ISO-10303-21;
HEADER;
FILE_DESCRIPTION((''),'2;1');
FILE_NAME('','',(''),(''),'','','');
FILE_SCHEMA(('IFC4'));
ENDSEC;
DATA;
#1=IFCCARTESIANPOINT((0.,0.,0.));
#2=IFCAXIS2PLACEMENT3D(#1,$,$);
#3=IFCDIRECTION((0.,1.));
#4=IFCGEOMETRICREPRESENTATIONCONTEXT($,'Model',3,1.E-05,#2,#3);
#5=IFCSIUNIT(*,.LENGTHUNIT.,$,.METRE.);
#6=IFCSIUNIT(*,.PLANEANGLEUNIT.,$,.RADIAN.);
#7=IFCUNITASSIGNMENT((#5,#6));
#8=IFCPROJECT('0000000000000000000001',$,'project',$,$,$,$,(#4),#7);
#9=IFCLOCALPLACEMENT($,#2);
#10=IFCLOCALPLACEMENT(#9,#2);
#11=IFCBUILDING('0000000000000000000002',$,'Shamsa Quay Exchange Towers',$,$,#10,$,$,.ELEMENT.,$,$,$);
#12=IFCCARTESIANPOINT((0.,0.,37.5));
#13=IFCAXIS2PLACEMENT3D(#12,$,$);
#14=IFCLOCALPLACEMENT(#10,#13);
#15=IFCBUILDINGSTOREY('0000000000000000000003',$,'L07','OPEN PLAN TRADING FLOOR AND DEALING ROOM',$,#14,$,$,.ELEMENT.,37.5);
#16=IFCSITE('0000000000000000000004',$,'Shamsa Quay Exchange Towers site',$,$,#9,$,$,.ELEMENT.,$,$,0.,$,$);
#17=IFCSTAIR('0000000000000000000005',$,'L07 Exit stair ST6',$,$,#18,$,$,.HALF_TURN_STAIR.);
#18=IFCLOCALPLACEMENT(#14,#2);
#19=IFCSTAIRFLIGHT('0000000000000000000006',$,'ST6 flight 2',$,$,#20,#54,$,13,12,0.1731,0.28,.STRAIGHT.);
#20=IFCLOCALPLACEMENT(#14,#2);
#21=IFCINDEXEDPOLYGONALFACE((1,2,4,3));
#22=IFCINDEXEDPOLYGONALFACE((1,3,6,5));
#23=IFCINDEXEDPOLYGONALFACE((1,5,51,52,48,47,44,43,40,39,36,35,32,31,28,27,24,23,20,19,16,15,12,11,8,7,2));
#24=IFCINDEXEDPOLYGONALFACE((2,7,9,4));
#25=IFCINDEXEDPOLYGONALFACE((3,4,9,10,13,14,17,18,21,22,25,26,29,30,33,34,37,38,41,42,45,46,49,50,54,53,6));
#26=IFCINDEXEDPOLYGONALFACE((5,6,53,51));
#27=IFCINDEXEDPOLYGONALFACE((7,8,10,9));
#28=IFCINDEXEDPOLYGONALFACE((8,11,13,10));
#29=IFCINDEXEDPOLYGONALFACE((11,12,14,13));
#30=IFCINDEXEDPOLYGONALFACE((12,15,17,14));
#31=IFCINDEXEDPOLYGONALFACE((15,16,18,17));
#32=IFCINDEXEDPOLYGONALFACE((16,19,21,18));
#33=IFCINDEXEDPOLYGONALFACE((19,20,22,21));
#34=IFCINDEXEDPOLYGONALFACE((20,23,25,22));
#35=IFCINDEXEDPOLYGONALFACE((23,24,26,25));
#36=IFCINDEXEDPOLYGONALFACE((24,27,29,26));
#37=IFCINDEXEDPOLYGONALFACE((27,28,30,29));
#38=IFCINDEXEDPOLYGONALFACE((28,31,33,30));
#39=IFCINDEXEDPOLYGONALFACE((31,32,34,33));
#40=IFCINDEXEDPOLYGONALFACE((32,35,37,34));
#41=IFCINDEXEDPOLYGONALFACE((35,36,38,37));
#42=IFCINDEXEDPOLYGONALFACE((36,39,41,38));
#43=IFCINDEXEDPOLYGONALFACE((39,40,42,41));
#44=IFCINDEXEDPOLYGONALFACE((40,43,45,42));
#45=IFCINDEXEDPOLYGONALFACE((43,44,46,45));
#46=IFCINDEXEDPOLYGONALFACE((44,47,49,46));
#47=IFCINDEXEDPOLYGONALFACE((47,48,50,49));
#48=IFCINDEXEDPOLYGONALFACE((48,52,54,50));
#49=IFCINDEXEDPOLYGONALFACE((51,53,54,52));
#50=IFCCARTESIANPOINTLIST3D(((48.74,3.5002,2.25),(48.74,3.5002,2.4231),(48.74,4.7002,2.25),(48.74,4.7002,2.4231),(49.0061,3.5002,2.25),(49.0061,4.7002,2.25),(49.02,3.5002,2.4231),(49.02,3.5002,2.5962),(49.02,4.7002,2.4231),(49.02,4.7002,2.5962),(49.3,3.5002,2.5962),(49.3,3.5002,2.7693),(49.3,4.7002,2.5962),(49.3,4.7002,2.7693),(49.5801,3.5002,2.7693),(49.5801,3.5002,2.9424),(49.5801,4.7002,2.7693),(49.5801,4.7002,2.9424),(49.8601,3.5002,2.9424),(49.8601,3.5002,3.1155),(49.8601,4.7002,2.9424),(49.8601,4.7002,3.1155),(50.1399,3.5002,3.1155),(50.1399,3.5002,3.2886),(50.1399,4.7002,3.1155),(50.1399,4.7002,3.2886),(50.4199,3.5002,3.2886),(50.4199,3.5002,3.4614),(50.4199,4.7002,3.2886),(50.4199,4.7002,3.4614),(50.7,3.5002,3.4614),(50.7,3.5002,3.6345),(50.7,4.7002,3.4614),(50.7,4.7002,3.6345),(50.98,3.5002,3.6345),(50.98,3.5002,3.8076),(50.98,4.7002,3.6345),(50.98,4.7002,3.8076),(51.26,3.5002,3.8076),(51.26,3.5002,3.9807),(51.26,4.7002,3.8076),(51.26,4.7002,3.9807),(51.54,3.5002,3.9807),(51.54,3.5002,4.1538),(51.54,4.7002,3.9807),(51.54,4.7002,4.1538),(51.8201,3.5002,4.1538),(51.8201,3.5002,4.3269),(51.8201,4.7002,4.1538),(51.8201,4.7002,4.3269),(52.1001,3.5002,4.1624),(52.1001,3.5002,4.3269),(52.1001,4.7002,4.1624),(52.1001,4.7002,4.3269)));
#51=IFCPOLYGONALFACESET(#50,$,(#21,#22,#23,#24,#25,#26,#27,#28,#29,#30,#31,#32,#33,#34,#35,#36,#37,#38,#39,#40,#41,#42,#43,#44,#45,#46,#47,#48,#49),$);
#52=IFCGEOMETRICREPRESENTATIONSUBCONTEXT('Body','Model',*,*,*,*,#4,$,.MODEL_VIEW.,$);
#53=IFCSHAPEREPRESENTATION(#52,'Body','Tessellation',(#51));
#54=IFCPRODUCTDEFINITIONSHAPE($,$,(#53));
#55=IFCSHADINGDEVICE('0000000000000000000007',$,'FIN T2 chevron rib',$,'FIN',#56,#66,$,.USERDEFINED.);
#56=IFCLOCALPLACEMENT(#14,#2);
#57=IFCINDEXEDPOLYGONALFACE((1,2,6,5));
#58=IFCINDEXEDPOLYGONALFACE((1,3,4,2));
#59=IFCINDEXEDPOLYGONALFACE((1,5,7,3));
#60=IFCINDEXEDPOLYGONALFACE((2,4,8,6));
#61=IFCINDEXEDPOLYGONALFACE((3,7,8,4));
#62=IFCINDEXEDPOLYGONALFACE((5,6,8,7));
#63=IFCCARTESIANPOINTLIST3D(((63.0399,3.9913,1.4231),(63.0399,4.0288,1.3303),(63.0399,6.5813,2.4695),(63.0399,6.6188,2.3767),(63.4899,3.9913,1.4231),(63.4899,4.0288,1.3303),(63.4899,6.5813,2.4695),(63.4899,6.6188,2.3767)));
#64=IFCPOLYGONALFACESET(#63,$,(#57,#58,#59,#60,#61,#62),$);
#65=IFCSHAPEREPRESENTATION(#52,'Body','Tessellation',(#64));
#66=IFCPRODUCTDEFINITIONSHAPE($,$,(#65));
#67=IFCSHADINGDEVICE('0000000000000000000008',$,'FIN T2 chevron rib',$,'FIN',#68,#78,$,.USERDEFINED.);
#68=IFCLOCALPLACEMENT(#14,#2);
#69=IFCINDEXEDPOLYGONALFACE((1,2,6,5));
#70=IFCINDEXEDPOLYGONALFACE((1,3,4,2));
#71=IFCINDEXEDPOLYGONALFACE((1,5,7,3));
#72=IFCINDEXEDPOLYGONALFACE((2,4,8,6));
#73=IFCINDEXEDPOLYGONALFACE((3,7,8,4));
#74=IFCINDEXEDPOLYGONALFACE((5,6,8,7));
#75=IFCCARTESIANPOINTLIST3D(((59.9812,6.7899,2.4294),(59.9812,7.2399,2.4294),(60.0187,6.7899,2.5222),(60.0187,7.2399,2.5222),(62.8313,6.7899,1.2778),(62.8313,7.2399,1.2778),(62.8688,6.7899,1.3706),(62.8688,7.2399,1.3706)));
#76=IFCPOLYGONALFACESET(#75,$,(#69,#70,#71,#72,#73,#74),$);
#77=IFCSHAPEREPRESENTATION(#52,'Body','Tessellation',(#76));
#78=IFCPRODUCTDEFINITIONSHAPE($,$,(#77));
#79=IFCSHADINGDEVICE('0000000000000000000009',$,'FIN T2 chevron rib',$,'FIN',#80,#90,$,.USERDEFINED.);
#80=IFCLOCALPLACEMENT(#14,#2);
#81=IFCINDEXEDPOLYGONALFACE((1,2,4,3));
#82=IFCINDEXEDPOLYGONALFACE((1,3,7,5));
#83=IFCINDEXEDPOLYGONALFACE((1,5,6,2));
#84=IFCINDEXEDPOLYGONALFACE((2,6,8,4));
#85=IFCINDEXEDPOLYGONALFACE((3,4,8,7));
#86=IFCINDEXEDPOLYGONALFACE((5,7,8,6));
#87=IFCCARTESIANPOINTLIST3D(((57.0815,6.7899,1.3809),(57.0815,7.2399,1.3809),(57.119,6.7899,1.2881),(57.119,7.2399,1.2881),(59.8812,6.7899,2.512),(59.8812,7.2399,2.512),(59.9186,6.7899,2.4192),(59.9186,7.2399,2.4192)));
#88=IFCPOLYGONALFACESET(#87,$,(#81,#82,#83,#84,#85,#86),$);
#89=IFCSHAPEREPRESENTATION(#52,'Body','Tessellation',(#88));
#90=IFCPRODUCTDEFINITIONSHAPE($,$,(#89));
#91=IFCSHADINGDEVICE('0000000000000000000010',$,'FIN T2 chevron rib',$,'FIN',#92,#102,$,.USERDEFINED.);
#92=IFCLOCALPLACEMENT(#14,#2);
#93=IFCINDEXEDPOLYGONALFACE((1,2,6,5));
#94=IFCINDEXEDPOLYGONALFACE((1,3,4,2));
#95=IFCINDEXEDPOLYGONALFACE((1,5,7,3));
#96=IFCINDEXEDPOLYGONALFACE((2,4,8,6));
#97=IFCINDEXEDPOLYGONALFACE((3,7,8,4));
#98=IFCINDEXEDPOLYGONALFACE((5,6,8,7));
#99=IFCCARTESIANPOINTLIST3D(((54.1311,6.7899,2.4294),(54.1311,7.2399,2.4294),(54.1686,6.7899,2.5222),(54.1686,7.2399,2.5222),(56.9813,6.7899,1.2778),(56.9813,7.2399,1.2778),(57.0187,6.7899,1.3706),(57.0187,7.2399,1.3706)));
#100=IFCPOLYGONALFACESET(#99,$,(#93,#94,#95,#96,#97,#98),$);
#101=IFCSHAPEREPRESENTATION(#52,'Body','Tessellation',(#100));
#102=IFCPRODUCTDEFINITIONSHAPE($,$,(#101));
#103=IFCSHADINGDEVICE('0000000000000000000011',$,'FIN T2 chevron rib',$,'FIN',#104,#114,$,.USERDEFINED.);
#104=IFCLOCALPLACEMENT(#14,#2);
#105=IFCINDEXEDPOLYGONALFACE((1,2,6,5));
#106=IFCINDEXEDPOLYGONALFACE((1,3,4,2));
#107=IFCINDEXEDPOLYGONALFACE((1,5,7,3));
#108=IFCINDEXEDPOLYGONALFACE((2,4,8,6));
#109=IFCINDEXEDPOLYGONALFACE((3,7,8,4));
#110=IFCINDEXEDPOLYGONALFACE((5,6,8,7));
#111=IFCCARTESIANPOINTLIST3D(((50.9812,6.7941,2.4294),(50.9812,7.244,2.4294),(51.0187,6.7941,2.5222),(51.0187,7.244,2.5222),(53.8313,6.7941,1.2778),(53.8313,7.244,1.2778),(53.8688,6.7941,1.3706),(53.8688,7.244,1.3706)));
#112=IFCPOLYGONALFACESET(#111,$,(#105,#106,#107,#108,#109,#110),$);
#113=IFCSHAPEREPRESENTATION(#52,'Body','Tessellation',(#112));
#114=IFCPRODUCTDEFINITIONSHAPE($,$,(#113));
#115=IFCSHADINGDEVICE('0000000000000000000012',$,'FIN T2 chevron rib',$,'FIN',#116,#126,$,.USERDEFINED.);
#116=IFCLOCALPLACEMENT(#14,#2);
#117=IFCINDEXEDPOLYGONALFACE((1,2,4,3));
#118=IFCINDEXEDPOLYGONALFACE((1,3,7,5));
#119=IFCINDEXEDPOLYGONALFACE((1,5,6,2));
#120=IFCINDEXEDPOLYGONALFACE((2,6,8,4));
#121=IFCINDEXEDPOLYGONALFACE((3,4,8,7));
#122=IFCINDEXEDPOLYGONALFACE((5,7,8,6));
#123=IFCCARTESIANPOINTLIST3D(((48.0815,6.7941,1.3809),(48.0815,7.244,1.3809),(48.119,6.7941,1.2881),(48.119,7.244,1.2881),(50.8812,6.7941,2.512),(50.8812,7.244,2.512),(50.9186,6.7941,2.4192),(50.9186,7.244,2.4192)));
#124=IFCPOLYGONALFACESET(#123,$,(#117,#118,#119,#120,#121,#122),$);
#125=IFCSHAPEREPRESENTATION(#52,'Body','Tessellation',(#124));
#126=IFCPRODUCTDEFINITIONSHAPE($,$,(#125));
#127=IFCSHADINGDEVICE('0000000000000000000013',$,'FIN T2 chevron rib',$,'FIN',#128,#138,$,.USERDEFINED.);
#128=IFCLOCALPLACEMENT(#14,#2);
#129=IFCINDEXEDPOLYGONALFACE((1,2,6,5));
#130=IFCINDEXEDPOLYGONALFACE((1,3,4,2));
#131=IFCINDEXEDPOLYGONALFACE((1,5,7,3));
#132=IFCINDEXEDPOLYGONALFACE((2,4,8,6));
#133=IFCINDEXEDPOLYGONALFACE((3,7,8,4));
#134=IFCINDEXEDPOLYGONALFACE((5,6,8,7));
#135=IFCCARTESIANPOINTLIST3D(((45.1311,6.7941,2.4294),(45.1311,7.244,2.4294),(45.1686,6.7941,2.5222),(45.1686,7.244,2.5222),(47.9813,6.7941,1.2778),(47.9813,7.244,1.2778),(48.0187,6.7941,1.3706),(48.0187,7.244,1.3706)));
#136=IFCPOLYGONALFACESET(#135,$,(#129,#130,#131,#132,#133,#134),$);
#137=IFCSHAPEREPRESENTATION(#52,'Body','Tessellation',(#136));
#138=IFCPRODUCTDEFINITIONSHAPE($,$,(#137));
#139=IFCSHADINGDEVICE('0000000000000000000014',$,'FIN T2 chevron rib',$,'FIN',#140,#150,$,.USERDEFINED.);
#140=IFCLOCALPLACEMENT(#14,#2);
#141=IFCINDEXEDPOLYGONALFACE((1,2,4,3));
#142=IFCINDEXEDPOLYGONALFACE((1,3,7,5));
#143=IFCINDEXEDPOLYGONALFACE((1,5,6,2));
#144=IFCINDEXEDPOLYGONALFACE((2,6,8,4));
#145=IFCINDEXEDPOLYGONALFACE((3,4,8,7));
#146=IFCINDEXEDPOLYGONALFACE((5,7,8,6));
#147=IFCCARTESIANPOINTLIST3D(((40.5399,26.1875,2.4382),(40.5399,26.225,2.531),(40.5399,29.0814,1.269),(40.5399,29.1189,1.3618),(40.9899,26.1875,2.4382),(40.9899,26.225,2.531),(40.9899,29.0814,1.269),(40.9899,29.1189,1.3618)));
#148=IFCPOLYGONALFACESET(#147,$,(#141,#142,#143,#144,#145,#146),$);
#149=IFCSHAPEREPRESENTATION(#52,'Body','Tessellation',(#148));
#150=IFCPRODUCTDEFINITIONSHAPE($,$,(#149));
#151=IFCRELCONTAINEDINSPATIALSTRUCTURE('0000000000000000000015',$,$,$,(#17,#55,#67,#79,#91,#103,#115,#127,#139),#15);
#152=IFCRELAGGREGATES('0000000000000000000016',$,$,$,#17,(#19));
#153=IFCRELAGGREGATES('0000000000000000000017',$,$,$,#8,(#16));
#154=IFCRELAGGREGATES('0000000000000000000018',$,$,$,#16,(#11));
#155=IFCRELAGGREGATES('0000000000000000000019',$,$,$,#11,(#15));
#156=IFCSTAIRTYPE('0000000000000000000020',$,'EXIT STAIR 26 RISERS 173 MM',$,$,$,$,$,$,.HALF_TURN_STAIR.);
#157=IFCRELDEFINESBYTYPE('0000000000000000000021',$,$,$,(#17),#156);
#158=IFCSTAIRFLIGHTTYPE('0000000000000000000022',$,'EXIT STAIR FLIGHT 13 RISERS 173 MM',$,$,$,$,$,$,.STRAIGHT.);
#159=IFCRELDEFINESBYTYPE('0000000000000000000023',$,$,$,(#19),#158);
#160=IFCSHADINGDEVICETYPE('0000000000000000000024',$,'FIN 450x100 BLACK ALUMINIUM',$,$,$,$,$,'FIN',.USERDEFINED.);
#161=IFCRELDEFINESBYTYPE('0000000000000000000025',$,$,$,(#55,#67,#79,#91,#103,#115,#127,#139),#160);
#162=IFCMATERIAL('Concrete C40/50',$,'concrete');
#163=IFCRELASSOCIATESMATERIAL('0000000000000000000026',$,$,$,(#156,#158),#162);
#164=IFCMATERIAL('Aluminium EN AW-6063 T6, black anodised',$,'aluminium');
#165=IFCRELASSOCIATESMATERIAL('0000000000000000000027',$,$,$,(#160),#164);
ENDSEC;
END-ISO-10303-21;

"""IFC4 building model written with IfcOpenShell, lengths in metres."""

from ifc_helpers import new_model, si_unit, direction, frame, origin, origin_2d, place, context, subcontext, project, spatial, polyline, rectangle, outline, extrude, material, material_profile, profile_set, type_object, element, aggregate, save


model = new_model("IFC4")

# Units and contexts
model_context = context("Model", 3, precision=1e-05, world=origin(), true_north=direction((0.0, 1.0)))
body_context = subcontext(model_context, "Body", "Model", "MODEL_VIEW")
ifc_project = project(units=[si_unit("LENGTHUNIT", "METRE"), si_unit("PLANEANGLEUNIT", "RADIAN")], contexts=[model_context])

# Site, building, storey
site_placement = place(None, origin())
site = spatial("IfcSite", under=ifc_project, at=site_placement, Name="Shamsa Quay Exchange Towers site", CompositionType="ELEMENT", RefElevation=0.0)
building_placement = place(site_placement, origin())
building = spatial("IfcBuilding", under=site, at=building_placement, Name="Shamsa Quay Exchange Towers", CompositionType="ELEMENT")
storey_placement = place(building_placement, frame((0.0, 0.0, 37.5)))
storey = spatial("IfcBuildingStorey", under=building, at=storey_placement, Name="L07", Description="OPEN PLAN TRADING FLOOR AND DEALING ROOM", CompositionType="ELEMENT", Elevation=37.5)

# Shared definitions
ifc_material_1 = material(Name="Aluminium EN AW-6063 T6, black anodised", Category="aluminium")

# Stair, stair flight
ifc_material_2 = material(Name="Concrete C40/50", Category="concrete")
stair_type = type_object("IfcStairType", Name="EXIT STAIR 26 RISERS 173 MM", PredefinedType="HALF_TURN_STAIR", material=ifc_material_2)
stair_placement = place(storey_placement, origin())
stair = element("IfcStair", 1, at=stair_placement, inside=storey, type_object=stair_type, Name="L07 Exit stair ST6", PredefinedType="HALF_TURN_STAIR")
stair_flight_type = type_object("IfcStairFlightType", Name="EXIT STAIR FLIGHT 13 RISERS 173 MM", PredefinedType="STRAIGHT", material=ifc_material_2)
stair_flight_1_placement = place(storey_placement, frame((48.74, 4.1001, 2.25)))
stair_flight_1 = element("IfcStairFlight", 2, at=stair_flight_1_placement, type_object=stair_flight_type, Name="ST6 flight 2", NumberOfRisers=13, NumberOfTreads=12, PredefinedType="STRAIGHT", RiserHeight=0.1731, TreadLength=0.28, context=body_context, shape_type="SweptSolid", body=[
    extrude(outline(polyline([(0.0, 0.0), (0.0, 0.1731), (0.28, 0.1731), (0.28, 0.3462), (0.5601, 0.3462), (0.5601, 0.5193), (0.8401, 0.5193), (0.8401, 0.6924), (1.1201, 0.6924), (1.1201, 0.8655), (1.3999, 0.8655), (1.3999, 1.0386), (1.6799, 1.0386), (1.6799, 1.2114), (1.96, 1.2114), (1.96, 1.3845), (2.24, 1.3845), (2.24, 1.5576), (2.52, 1.5576), (2.52, 1.7307), (2.8, 1.7307), (2.8, 1.9038), (3.0801, 1.9038), (3.0801, 2.0769), (3.3601, 2.0769), (3.3601, 2.25), (3.3601, 1.9124), (0.2661, 0.0), (0.0, 0.0)])), frame((0.0, 0.6001, 0.0), z_axis=(0.0, -1.0, 0.0), x_axis=(1.0, 0.0, 0.0)), (0.0, 0.0, 1.0), 1.2),
])
aggregate(stair, [stair_flight_1])

# Shading devices
ifc_material_profile_1 = material_profile(ifc_material_1, rectangle(XDim=0.45, YDim=0.1001, at=origin_2d()), Name="FIN450x100")
ifc_profile_set_1 = profile_set([ifc_material_profile_1], Name="Aluminium EN AW-6063 T6, black anodised")
shading_device_type = type_object("IfcShadingDeviceType", Name="FIN 450x100 BLACK ALUMINIUM", ElementType="FIN", PredefinedType="USERDEFINED", material=ifc_profile_set_1)
shading_device_1_placement = place(storey_placement, frame((63.2649, 4.01, 1.3767), z_axis=(0.0, 0.927193, 0.374583), x_axis=(-1.0, 0.0, 0.0)))
element("IfcShadingDevice", 3, at=shading_device_1_placement, inside=storey, type_object=shading_device_type, Name="FIN T2 chevron rib", ObjectType="FIN", PredefinedType="USERDEFINED", context=body_context, shape_type="SweptSolid", body=[
    extrude(rectangle(XDim=0.45, YDim=0.1001, at=origin_2d()), origin(), (0.0, 0.0, 1.0), 2.7935),
])
shading_device_2_placement = place(storey_placement, frame((62.8501, 7.0149, 1.3242), z_axis=(-0.927173, 0.0, 0.374634), x_axis=(0.0, -1.0, 0.0)))
element("IfcShadingDevice", 4, at=shading_device_2_placement, inside=storey, type_object=shading_device_type, Name="FIN T2 chevron rib", ObjectType="FIN", PredefinedType="USERDEFINED", context=body_context, shape_type="SweptSolid", body=[
    extrude(rectangle(XDim=0.45, YDim=0.1001, at=origin_2d()), origin(), (0.0, 0.0, 1.0), 3.074),
])
shading_device_3_placement = place(storey_placement, frame((59.8999, 7.0149, 2.4656), z_axis=(-0.927194, 0.0, -0.374581), x_axis=(0.0, -1.0, 0.0)))
element("IfcShadingDevice", 5, at=shading_device_3_placement, inside=storey, type_object=shading_device_type, Name="FIN T2 chevron rib", ObjectType="FIN", PredefinedType="USERDEFINED", context=body_context, shape_type="SweptSolid", body=[
    extrude(rectangle(XDim=0.45, YDim=0.1001, at=origin_2d()), origin(), (0.0, 0.0, 1.0), 3.0195),
])
for number, where, z_axis, x_axis, name in (
    (6, (57.0, 7.0149, 1.3242), (-0.927173, 0.0, 0.374634), (0.0, -1.0, 0.0), "FIN T2 chevron rib"),
    (7, (53.8501, 7.019, 1.3242), (-0.927173, 0.0, 0.374634), (0.0, -1.0, 0.0), "FIN T2 chevron rib"),
):
    element("IfcShadingDevice", number, at=place(storey_placement, frame(where, z_axis=z_axis, x_axis=x_axis)), inside=storey, type_object=shading_device_type, Name=name, ObjectType="FIN", PredefinedType="USERDEFINED", context=body_context, shape_type="SweptSolid", body=[
        extrude(rectangle(XDim=0.45, YDim=0.1001, at=origin_2d()), origin(), (0.0, 0.0, 1.0), 3.074),
    ])
shading_device_4_placement = place(storey_placement, frame((50.8999, 7.019, 2.4656), z_axis=(-0.927194, 0.0, -0.374581), x_axis=(0.0, -1.0, 0.0)))
element("IfcShadingDevice", 8, at=shading_device_4_placement, inside=storey, type_object=shading_device_type, Name="FIN T2 chevron rib", ObjectType="FIN", PredefinedType="USERDEFINED", context=body_context, shape_type="SweptSolid", body=[
    extrude(rectangle(XDim=0.45, YDim=0.1001, at=origin_2d()), origin(), (0.0, 0.0, 1.0), 3.0195),
])
shading_device_5_placement = place(storey_placement, frame((48.0, 7.019, 1.3242), z_axis=(-0.927173, 0.0, 0.374634), x_axis=(0.0, -1.0, 0.0)))
element("IfcShadingDevice", 9, at=shading_device_5_placement, inside=storey, type_object=shading_device_type, Name="FIN T2 chevron rib", ObjectType="FIN", PredefinedType="USERDEFINED", context=body_context, shape_type="SweptSolid", body=[
    extrude(rectangle(XDim=0.45, YDim=0.1001, at=origin_2d()), origin(), (0.0, 0.0, 1.0), 3.074),
])
shading_device_6_placement = place(storey_placement, frame((40.7649, 26.2063, 2.4846), z_axis=(0.0, 0.927182, -0.374612), x_axis=(-1.0, 0.0, 0.0)))
element("IfcShadingDevice", 10, at=shading_device_6_placement, inside=storey, type_object=shading_device_type, Name="FIN T2 chevron rib", ObjectType="FIN", PredefinedType="USERDEFINED", context=body_context, shape_type="SweptSolid", body=[
    extrude(rectangle(XDim=0.45, YDim=0.1001, at=origin_2d()), origin(), (0.0, 0.0, 1.0), 3.1211),
])

save(model, "model.ifc")
